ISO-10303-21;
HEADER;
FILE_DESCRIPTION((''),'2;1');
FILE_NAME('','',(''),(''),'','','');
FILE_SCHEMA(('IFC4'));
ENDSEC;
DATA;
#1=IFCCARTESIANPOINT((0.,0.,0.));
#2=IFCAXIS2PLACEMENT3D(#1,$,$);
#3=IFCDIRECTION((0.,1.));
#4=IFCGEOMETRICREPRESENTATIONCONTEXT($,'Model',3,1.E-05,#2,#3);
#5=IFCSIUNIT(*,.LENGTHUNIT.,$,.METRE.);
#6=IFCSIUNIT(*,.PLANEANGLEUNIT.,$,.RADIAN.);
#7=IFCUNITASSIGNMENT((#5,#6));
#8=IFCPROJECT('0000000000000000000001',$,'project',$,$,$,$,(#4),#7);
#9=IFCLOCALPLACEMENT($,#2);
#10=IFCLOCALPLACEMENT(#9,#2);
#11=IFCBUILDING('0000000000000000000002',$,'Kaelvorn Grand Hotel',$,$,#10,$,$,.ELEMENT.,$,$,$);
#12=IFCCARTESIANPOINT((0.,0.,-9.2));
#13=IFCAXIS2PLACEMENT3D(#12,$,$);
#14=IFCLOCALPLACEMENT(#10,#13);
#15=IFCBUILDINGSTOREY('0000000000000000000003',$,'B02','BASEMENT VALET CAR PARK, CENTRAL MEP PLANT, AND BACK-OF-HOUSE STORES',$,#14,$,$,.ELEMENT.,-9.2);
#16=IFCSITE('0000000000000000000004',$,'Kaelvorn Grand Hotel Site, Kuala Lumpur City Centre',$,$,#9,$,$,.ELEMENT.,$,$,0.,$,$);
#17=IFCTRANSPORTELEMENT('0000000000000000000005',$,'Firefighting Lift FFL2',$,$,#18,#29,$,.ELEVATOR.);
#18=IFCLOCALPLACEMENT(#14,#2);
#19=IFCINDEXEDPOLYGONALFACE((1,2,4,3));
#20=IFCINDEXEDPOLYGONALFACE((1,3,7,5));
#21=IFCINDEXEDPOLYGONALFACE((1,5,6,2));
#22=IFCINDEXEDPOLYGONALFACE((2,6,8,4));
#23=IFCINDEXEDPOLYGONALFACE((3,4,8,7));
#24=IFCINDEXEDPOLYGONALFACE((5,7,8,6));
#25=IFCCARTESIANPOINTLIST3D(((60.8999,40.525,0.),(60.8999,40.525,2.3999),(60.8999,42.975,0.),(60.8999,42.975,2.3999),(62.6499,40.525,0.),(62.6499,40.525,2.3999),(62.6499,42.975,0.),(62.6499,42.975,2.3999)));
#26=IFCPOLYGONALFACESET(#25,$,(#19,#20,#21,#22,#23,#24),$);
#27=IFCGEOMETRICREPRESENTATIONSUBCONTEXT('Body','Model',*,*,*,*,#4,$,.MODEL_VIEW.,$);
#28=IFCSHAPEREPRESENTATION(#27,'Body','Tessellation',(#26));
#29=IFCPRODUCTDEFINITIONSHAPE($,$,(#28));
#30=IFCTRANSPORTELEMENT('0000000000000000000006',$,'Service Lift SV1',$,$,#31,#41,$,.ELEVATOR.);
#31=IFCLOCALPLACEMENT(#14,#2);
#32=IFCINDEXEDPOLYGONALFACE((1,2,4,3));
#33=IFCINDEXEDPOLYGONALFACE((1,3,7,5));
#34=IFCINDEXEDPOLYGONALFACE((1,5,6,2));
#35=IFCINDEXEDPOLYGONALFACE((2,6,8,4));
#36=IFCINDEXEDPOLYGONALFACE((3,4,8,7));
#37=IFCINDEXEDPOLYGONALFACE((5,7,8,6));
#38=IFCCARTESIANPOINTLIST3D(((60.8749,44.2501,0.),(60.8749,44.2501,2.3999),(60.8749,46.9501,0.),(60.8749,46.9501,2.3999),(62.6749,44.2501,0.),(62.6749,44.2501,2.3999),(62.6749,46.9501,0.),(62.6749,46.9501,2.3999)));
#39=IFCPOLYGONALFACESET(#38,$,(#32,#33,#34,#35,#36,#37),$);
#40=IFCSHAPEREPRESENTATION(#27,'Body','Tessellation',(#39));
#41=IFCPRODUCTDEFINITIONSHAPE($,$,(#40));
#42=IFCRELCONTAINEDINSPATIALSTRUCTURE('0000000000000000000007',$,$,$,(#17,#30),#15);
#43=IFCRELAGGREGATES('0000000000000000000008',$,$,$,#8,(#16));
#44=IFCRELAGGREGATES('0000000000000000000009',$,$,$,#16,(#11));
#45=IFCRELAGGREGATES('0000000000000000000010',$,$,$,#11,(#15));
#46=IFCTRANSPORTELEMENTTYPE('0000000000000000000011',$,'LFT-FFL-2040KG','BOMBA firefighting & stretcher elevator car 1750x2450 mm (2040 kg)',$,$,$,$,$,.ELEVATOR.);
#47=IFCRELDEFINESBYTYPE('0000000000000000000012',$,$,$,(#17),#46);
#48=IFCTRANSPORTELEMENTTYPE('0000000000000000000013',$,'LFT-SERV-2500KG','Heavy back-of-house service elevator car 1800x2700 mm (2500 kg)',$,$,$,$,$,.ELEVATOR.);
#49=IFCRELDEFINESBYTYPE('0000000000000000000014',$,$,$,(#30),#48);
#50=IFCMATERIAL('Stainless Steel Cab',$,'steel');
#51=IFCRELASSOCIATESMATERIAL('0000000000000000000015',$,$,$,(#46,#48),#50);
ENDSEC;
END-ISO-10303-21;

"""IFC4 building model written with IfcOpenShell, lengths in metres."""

from ifc_helpers import new_model, si_unit, direction, frame, origin, origin_2d, place, context, subcontext, project, spatial, rectangle, extrude, material, type_object, element, save


model = new_model("IFC4")

# Units and contexts
model_context = context("Model", 3, precision=1e-05, world=origin(), true_north=direction((0.0, 1.0)))
body_context = subcontext(model_context, "Body", "Model", "MODEL_VIEW")
ifc_project = project(units=[si_unit("LENGTHUNIT", "METRE"), si_unit("PLANEANGLEUNIT", "RADIAN")], contexts=[model_context])

# Site, building, storey
site_placement = place(None, origin())
site = spatial("IfcSite", under=ifc_project, at=site_placement, Name="Kaelvorn Grand Hotel Site, Kuala Lumpur City Centre", CompositionType="ELEMENT", RefElevation=0.0)
building_placement = place(site_placement, origin())
building = spatial("IfcBuilding", under=site, at=building_placement, Name="Kaelvorn Grand Hotel", CompositionType="ELEMENT")
storey_placement = place(building_placement, frame((0.0, 0.0, -9.2)))
storey = spatial("IfcBuildingStorey", under=building, at=storey_placement, Name="B02", Description="BASEMENT VALET CAR PARK, CENTRAL MEP PLANT, AND BACK-OF-HOUSE STORES", CompositionType="ELEMENT", Elevation=-9.2)

# Transport elements
ifc_material_1 = material(Name="Stainless Steel Cab", Category="steel")
transport_element_type_1 = type_object("IfcTransportElementType", Name="LFT-FFL-2040KG", Description="BOMBA firefighting & stretcher elevator car 1750x2450 mm (2040 kg)", PredefinedType="ELEVATOR", material=ifc_material_1)
transport_element_1_placement = place(storey_placement, frame((61.7749, 41.75, 0.0), z_axis=(0.0, 0.0, 1.0), x_axis=(1.0, 0.0, 0.0)))
element("IfcTransportElement", 1, at=transport_element_1_placement, inside=storey, type_object=transport_element_type_1, Name="Firefighting Lift FFL2", PredefinedType="ELEVATOR", context=body_context, shape_type="SweptSolid", body=[
    extrude(rectangle(XDim=1.75, YDim=2.45, at=origin_2d()), origin(), (0.0, 0.0, 1.0), 2.3999),
])
transport_element_type_2 = type_object("IfcTransportElementType", Name="LFT-SERV-2500KG", Description="Heavy back-of-house service elevator car 1800x2700 mm (2500 kg)", PredefinedType="ELEVATOR", material=ifc_material_1)
transport_element_2_placement = place(storey_placement, frame((61.7749, 45.6001, 0.0), z_axis=(0.0, 0.0, 1.0), x_axis=(1.0, 0.0, 0.0)))
element("IfcTransportElement", 2, at=transport_element_2_placement, inside=storey, type_object=transport_element_type_2, Name="Service Lift SV1", PredefinedType="ELEVATOR", context=body_context, shape_type="SweptSolid", body=[
    extrude(rectangle(XDim=1.8, YDim=2.7, at=origin_2d()), origin(), (0.0, 0.0, 1.0), 2.3999),
])

save(model, "model.ifc")
